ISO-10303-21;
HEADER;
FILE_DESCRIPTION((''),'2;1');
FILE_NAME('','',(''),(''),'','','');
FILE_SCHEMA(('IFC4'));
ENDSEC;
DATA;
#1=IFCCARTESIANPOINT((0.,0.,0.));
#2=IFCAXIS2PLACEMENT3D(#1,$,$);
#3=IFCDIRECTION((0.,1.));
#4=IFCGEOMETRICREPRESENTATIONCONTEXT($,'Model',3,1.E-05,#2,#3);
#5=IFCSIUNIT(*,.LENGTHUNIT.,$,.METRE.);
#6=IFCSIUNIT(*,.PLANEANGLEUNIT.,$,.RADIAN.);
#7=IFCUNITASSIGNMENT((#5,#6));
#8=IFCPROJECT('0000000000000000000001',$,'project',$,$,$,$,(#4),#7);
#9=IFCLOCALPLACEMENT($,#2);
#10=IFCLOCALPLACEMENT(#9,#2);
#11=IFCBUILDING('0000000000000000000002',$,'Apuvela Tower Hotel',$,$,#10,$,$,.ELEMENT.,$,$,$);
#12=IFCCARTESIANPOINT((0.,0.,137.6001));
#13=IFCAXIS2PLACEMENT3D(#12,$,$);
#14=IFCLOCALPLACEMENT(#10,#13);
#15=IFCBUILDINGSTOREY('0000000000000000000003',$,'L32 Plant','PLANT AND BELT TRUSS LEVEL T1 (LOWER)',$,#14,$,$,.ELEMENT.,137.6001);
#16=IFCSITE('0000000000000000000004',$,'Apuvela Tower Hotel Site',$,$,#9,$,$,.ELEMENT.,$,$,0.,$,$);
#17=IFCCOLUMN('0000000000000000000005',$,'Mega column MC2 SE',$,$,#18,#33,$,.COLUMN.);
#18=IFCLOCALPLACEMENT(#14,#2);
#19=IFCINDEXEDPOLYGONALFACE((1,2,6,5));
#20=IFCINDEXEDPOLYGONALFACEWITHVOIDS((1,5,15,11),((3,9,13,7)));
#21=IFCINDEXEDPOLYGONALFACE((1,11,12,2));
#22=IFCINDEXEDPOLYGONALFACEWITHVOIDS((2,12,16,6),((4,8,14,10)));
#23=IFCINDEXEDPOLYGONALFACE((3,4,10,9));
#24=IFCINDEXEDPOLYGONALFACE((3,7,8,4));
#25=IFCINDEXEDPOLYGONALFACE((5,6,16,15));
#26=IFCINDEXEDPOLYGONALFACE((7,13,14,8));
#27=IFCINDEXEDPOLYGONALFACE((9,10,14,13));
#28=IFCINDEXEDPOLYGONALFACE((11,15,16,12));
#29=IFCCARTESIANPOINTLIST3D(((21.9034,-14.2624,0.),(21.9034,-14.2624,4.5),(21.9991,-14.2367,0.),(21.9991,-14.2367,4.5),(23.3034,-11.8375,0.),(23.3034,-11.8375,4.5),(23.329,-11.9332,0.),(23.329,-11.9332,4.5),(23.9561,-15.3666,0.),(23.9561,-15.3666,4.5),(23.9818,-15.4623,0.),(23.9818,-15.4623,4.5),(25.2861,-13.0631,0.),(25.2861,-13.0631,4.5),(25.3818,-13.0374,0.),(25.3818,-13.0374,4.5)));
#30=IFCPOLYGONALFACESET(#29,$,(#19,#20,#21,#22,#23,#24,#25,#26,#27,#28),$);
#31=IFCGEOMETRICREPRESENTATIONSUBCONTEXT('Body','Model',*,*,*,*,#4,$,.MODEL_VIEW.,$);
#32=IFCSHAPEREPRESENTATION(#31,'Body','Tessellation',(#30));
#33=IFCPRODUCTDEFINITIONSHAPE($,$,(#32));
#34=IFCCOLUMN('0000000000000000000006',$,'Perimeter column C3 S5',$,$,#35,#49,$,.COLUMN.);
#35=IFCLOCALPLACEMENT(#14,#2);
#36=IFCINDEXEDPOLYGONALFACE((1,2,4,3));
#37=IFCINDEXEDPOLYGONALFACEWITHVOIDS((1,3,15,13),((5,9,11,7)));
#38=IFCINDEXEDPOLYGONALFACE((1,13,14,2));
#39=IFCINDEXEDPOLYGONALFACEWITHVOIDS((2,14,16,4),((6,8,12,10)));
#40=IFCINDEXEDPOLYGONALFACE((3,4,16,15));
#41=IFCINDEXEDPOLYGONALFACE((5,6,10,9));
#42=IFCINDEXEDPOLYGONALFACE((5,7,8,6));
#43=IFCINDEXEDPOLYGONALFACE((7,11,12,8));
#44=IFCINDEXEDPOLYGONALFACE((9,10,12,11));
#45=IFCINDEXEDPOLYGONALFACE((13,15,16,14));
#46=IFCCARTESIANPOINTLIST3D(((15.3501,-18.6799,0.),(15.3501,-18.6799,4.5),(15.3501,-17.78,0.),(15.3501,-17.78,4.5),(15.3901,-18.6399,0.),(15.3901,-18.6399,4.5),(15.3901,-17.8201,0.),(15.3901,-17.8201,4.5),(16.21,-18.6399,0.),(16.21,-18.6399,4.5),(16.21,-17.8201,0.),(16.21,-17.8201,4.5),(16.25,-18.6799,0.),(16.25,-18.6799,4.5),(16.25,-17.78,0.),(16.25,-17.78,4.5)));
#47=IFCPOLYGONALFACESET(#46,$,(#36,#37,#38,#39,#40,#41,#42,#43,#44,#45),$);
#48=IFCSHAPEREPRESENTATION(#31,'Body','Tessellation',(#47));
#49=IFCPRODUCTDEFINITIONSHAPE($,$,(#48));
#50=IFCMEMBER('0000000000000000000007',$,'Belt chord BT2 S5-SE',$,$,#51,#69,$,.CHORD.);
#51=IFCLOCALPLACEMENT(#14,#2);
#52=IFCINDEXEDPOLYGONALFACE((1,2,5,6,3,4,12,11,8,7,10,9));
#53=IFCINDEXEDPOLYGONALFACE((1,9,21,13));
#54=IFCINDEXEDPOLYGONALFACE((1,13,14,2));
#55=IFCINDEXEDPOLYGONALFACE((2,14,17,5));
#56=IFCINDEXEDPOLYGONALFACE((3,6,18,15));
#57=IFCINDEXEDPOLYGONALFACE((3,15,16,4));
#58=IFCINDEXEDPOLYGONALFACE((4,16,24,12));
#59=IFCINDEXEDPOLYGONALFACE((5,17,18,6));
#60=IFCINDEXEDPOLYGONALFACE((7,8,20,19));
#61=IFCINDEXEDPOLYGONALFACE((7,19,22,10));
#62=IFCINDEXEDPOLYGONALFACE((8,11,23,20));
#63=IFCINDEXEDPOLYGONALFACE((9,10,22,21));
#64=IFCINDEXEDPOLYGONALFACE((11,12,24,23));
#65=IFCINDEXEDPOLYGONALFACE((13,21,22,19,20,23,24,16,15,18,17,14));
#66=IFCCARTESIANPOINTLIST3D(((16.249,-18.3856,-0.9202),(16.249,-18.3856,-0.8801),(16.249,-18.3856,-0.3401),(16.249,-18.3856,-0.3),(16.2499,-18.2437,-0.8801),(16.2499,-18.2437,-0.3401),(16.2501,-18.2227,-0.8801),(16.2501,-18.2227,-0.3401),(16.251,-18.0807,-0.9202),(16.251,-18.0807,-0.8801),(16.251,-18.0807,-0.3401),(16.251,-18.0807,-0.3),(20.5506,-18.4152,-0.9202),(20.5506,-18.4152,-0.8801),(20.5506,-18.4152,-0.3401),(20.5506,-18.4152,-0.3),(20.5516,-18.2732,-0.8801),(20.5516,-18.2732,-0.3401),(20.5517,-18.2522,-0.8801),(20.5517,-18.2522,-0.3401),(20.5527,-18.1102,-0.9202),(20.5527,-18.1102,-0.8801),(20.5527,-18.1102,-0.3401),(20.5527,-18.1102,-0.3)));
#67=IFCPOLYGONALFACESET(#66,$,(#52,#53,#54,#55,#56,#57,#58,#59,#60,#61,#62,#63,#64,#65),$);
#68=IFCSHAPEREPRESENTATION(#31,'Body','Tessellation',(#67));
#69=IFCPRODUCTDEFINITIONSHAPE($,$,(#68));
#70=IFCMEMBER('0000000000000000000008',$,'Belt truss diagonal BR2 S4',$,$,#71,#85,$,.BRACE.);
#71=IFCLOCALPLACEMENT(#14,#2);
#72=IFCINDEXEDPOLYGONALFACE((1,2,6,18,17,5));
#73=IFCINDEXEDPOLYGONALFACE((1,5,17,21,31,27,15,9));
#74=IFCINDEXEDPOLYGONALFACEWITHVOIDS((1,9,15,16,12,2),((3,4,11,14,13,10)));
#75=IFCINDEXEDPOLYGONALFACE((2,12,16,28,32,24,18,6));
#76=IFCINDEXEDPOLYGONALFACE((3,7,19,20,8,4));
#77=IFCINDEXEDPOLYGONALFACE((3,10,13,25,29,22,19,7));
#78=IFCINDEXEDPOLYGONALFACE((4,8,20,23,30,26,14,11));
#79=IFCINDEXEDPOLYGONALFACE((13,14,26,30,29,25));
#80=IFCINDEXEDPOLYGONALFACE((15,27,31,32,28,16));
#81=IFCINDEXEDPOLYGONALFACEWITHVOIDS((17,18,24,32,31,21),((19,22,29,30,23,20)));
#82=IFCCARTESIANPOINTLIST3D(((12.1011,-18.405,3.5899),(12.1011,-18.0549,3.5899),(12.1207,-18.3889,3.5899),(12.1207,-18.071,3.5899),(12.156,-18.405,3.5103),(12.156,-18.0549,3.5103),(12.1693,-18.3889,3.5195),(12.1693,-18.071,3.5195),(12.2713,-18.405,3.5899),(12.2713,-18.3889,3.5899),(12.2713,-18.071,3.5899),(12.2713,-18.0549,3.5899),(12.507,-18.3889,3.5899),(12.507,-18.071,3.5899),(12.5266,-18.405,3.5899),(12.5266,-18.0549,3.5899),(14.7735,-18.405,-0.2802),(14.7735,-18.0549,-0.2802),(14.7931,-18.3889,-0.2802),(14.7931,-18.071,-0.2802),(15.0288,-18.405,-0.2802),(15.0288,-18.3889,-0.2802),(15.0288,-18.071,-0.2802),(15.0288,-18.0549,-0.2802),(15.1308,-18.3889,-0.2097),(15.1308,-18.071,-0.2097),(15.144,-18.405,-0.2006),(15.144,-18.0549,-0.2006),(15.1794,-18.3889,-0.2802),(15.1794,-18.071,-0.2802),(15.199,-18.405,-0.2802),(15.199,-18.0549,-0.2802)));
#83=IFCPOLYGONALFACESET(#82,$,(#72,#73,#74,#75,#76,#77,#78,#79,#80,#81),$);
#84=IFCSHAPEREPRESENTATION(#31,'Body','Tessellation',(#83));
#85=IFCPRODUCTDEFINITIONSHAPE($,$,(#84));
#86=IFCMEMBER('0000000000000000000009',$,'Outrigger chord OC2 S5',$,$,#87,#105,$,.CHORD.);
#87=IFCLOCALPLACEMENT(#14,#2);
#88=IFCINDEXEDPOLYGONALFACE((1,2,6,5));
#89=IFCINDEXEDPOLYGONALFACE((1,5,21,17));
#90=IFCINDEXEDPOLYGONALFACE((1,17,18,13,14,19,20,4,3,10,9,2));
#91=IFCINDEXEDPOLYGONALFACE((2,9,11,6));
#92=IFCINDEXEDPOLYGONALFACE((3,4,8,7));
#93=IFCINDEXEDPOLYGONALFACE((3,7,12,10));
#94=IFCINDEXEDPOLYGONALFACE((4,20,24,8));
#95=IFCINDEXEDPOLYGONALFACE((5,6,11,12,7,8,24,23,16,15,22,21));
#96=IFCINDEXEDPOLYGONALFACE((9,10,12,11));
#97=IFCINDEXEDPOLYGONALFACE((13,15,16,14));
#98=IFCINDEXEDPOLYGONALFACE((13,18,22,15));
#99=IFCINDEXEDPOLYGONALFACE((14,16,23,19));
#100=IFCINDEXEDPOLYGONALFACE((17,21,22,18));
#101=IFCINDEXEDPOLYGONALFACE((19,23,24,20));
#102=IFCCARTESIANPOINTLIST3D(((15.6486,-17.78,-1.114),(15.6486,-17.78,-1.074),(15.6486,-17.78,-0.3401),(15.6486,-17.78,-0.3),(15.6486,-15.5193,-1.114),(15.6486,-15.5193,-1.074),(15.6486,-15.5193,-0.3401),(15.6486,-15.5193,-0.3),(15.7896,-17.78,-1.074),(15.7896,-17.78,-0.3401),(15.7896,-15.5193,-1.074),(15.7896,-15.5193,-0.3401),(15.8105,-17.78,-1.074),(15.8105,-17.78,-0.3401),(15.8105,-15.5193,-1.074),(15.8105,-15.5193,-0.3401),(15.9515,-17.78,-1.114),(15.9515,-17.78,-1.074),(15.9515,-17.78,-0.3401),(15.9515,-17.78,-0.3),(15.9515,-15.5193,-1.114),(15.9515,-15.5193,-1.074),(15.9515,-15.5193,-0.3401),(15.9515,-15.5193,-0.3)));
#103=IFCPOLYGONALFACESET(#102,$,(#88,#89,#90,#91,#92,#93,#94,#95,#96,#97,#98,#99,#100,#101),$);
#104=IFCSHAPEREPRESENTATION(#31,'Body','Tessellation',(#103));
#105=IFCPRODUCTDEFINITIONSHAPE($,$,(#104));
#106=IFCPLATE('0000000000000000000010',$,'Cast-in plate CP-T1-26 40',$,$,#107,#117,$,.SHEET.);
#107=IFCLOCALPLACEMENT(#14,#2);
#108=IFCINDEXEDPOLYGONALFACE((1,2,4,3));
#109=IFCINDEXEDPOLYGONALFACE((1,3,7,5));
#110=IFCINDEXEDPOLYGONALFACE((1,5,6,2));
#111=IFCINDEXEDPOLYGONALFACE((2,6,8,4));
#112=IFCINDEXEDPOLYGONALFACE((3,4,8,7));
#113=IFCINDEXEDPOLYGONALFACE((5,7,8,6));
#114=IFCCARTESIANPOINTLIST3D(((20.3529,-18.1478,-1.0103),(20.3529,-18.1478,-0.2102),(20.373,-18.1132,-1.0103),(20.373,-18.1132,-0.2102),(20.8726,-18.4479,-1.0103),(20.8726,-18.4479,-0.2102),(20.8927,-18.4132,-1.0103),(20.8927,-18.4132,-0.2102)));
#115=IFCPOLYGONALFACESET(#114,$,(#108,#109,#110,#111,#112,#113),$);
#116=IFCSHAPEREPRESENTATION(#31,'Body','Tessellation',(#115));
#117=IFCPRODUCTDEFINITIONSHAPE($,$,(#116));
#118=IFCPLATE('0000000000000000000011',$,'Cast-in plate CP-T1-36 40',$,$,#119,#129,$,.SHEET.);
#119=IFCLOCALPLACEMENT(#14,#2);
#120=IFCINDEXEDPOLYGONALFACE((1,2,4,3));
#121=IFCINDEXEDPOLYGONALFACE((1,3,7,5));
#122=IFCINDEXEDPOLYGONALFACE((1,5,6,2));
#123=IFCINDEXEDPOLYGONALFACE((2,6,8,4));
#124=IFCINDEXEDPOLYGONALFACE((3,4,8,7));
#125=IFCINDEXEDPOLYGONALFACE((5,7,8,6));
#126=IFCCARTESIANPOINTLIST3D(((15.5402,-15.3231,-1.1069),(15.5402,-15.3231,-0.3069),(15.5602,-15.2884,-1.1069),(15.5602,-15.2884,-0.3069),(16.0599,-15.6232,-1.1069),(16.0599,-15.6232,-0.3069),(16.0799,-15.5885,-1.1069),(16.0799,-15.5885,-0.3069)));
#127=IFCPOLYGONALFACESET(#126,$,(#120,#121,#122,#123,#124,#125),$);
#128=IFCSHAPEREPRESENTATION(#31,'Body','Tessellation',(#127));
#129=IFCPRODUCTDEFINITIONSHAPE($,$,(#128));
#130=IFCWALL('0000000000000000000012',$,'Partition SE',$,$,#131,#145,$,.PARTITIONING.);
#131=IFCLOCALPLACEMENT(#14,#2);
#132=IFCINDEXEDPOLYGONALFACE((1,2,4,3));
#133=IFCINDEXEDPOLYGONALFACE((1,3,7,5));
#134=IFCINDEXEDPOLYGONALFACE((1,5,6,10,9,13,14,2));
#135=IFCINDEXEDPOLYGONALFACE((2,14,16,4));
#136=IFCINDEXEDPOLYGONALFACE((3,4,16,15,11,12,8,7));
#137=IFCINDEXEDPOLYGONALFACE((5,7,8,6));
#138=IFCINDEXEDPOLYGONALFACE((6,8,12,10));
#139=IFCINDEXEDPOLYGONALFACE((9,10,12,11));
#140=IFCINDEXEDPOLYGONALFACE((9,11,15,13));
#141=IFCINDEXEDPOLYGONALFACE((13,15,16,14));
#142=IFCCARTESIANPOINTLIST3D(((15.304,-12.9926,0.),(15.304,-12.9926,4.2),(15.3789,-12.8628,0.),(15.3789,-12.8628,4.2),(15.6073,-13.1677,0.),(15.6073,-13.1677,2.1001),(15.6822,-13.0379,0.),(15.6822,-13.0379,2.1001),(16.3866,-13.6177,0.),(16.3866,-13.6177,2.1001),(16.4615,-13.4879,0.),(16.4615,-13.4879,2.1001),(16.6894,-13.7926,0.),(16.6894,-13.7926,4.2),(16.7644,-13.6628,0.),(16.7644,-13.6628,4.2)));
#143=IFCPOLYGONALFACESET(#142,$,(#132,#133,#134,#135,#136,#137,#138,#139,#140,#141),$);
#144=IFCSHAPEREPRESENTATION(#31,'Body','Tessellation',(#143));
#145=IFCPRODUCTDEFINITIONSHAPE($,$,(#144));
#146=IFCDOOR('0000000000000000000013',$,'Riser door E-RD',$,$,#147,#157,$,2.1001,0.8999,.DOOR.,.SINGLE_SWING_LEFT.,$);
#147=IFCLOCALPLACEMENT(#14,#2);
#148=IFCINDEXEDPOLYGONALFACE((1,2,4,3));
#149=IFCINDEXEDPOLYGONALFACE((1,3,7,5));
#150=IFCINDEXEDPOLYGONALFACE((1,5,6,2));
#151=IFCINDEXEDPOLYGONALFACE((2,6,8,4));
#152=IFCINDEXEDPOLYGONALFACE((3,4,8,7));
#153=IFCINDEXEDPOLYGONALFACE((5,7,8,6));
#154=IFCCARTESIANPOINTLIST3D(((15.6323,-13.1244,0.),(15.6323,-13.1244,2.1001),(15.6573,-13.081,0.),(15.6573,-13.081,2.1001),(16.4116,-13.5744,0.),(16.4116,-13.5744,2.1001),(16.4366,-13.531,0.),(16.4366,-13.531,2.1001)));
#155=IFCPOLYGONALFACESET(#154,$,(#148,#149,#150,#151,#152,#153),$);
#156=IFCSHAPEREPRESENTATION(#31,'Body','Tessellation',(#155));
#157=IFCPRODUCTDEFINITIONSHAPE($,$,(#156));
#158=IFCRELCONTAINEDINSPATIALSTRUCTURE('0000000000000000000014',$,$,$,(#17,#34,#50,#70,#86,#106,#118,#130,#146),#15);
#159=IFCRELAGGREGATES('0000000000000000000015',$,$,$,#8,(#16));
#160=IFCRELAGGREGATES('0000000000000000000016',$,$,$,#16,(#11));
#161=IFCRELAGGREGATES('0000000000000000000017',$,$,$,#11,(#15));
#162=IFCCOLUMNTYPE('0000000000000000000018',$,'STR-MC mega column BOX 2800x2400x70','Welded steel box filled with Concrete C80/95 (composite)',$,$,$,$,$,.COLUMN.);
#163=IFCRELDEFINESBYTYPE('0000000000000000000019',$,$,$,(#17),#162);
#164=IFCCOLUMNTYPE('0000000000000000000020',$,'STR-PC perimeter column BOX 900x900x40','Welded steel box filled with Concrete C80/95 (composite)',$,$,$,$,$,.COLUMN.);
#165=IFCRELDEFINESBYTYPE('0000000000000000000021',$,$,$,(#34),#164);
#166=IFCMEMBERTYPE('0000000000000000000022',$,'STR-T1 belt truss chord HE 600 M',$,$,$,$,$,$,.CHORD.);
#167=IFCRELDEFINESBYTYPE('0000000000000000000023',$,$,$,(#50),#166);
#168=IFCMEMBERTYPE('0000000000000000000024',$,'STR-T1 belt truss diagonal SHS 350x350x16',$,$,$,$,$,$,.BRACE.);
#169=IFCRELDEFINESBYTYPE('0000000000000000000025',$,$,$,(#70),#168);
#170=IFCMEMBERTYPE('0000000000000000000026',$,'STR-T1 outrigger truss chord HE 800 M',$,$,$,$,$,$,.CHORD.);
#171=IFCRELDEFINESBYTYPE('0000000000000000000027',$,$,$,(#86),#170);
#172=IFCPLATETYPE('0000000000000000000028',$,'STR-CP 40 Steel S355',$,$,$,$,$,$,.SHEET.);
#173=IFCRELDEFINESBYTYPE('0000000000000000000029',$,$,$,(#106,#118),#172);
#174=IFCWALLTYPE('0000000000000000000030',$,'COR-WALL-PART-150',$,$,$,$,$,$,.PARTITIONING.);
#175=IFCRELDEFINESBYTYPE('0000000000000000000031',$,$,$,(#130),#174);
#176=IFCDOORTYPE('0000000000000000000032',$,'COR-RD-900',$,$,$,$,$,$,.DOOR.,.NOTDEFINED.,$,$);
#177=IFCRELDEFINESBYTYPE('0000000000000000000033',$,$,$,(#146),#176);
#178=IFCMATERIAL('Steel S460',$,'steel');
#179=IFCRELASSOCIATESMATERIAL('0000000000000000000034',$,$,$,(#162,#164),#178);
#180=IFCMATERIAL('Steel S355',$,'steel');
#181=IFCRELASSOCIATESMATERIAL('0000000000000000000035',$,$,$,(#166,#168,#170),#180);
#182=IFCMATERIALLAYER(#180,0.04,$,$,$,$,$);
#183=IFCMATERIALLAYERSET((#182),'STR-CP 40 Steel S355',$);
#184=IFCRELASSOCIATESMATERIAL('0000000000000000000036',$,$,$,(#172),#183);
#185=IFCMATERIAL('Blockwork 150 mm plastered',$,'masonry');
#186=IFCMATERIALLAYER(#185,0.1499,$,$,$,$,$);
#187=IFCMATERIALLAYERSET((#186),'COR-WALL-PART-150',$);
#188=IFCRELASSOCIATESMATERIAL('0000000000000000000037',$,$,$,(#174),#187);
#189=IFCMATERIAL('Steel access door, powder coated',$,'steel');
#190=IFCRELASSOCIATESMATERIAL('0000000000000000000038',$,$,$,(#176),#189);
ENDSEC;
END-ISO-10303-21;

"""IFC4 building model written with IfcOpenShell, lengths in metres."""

from ifc_helpers import new_model, si_unit, direction, frame, frame_2d, origin, origin_2d, place, context, subcontext, project, spatial, rectangle, hollow_rectangle, i_section, extrude, boolean, halfspace, material, layer, layer_set, material_profile, profile_set, type_object, element, fill, save


model = new_model("IFC4")

# Units and contexts
model_context = context("Model", 3, precision=1e-05, world=origin(), true_north=direction((0.0, 1.0)))
body_context = subcontext(model_context, "Body", "Model", "MODEL_VIEW")
ifc_project = project(units=[si_unit("LENGTHUNIT", "METRE"), si_unit("PLANEANGLEUNIT", "RADIAN")], contexts=[model_context])

# Site, building, storey
site_placement = place(None, origin())
site = spatial("IfcSite", under=ifc_project, at=site_placement, Name="Apuvela Tower Hotel Site", CompositionType="ELEMENT", RefElevation=0.0)
building_placement = place(site_placement, origin())
building = spatial("IfcBuilding", under=site, at=building_placement, Name="Apuvela Tower Hotel", CompositionType="ELEMENT")
storey_placement = place(building_placement, frame((0.0, 0.0, 137.6001)))
storey = spatial("IfcBuildingStorey", under=building, at=storey_placement, Name="L32 Plant", Description="PLANT AND BELT TRUSS LEVEL T1 (LOWER)", CompositionType="ELEMENT", Elevation=137.6001)

# Columns
ifc_material_1 = material(Name="Steel S460", Category="steel")
ifc_material_profile_1 = material_profile(ifc_material_1, hollow_rectangle(XDim=2.8, YDim=2.3999, WallThickness=0.0701, at=origin_2d()), Name="BOX 2800x2400x70")
ifc_material_2 = material(Name="Concrete C80/95", Category="concrete")
ifc_material_profile_2 = material_profile(ifc_material_2, rectangle(XDim=2.6599, YDim=2.26, at=origin_2d()), Name="Concrete C80/95 infill")
ifc_profile_set_1 = profile_set([ifc_material_profile_1, ifc_material_profile_2], Name="Steel S460")
column_type_1 = type_object("IfcColumnType", Name="STR-MC mega column BOX 2800x2400x70", Description="Welded steel box filled with Concrete C80/95 (composite)", PredefinedType="COLUMN", material=ifc_profile_set_1)
column_1_placement = place(storey_placement, frame((23.6426, -13.6499, 0.0), z_axis=(0.0, 0.0, 1.0), x_axis=(0.5, 0.866025, 0.0)))
element("IfcColumn", 1, at=column_1_placement, inside=storey, type_object=column_type_1, Name="Mega column MC2 SE", PredefinedType="COLUMN", context=body_context, shape_type="SweptSolid", body=[
    extrude(hollow_rectangle(XDim=2.8, YDim=2.3999, WallThickness=0.0701, at=origin_2d()), origin(), (0.0, 0.0, 1.0), 4.5),
])
ifc_material_profile_3 = material_profile(ifc_material_1, hollow_rectangle(XDim=0.8999, YDim=0.8999, WallThickness=0.04, at=origin_2d()), Name="BOX 900x900x40")
ifc_material_profile_4 = material_profile(ifc_material_2, rectangle(XDim=0.8201, YDim=0.8201, at=origin_2d()), Name="Concrete C80/95 infill")
ifc_profile_set_2 = profile_set([ifc_material_profile_3, ifc_material_profile_4], Name="Steel S460")
column_type_2 = type_object("IfcColumnType", Name="STR-PC perimeter column BOX 900x900x40", Description="Welded steel box filled with Concrete C80/95 (composite)", PredefinedType="COLUMN", material=ifc_profile_set_2)
column_2_placement = place(storey_placement, frame((15.8, -18.23, 0.0), z_axis=(0.0, 0.0, 1.0), x_axis=(-1.0, 0.0, 0.0)))
element("IfcColumn", 2, at=column_2_placement, inside=storey, type_object=column_type_2, Name="Perimeter column C3 S5", PredefinedType="COLUMN", context=body_context, shape_type="SweptSolid", body=[
    extrude(hollow_rectangle(XDim=0.8999, YDim=0.8999, WallThickness=0.04, at=origin_2d()), origin(), (0.0, 0.0, 1.0), 4.5),
])

# Members
ifc_material_3 = material(Name="Steel S355", Category="steel")
ifc_material_profile_5 = material_profile(ifc_material_3, i_section(OverallWidth=0.3049, OverallDepth=0.6201, WebThickness=0.021, FlangeThickness=0.04, at=origin_2d()), Name="HE 600 M")
ifc_profile_set_3 = profile_set([ifc_material_profile_5], Name="Steel S355")
member_type_1 = type_object("IfcMemberType", Name="STR-T1 belt truss chord HE 600 M", PredefinedType="CHORD", material=ifc_profile_set_3)
member_1_placement = place(storey_placement, frame((16.25, -18.2332, -0.6101), z_axis=(0.999976, -0.006867, 0.0), x_axis=(0.006867, 0.999976, 0.0)))
element("IfcMember", 3, at=member_1_placement, inside=storey, type_object=member_type_1, Name="Belt chord BT2 S5-SE", PredefinedType="CHORD", context=body_context, shape_type="SweptSolid", body=[
    extrude(i_section(OverallWidth=0.3049, OverallDepth=0.6201, WebThickness=0.021, FlangeThickness=0.04, at=origin_2d()), origin(), (0.0, 0.0, 1.0), 4.3018),
])
ifc_material_profile_6 = material_profile(ifc_material_3, hollow_rectangle(XDim=0.3501, YDim=0.3501, WallThickness=0.0161, at=origin_2d()), Name="SHS 350x350x16")
ifc_profile_set_4 = profile_set([ifc_material_profile_6], Name="Steel S355")
member_type_2 = type_object("IfcMemberType", Name="STR-T1 belt truss diagonal SHS 350x350x16", PredefinedType="BRACE", material=ifc_profile_set_4)
member_2_placement = place(storey_placement, frame((15.0, -18.23, -0.3), z_axis=(-0.568226, 0.0, 0.822872), x_axis=(0.822872, 0.0, 0.568226)))
solid_1 = boolean("DIFFERENCE", boolean("DIFFERENCE", extrude(hollow_rectangle(XDim=0.3501, YDim=0.3501, WallThickness=0.0161, at=origin_2d()), frame((0.0, 0.0, -0.2407)), (0.0, 0.0, 1.0), 5.2332), halfspace(frame((0.0, 0.0, 0.0242), z_axis=(0.568226, 0.0, 0.822872), x_axis=(0.822872, 0.0, -0.568226)), True)), halfspace(frame((0.0, 0.0, 4.7273), z_axis=(0.568226, 0.0, 0.822872), x_axis=(0.822872, 0.0, -0.568226)), False))
element("IfcMember", 4, at=member_2_placement, inside=storey, type_object=member_type_2, Name="Belt truss diagonal BR2 S4", PredefinedType="BRACE", context=body_context, shape_type="SweptSolid", body=[
    boolean("UNION", boolean("DIFFERENCE", boolean("DIFFERENCE", extrude(hollow_rectangle(XDim=0.3501, YDim=0.3501, WallThickness=0.0161, at=origin_2d()), origin(), (0.0, 0.0, 1.0), 4.7515), halfspace(frame((0.0, 0.0, 0.0242), z_axis=(0.568226, 0.0, 0.822872), x_axis=(0.822872, 0.0, -0.568226)), True)), halfspace(frame((0.0, 0.0, 4.7273), z_axis=(0.568226, 0.0, 0.822872), x_axis=(0.822872, 0.0, -0.568226)), False)), solid_1),
])
ifc_material_profile_7 = material_profile(ifc_material_3, i_section(OverallWidth=0.303, OverallDepth=0.814, WebThickness=0.021, FlangeThickness=0.04, at=origin_2d()), Name="HE 800 M")
ifc_profile_set_5 = profile_set([ifc_material_profile_7], Name="Steel S355")
member_type_3 = type_object("IfcMemberType", Name="STR-T1 outrigger truss chord HE 800 M", PredefinedType="CHORD", material=ifc_profile_set_5)
member_3_placement = place(storey_placement, frame((15.8, -17.78, -0.707), z_axis=(0.0, 1.0, 0.0), x_axis=(-1.0, 0.0, 0.0)))
element("IfcMember", 5, at=member_3_placement, inside=storey, type_object=member_type_3, Name="Outrigger chord OC2 S5", PredefinedType="CHORD", context=body_context, shape_type="SweptSolid", body=[
    extrude(i_section(OverallWidth=0.303, OverallDepth=0.814, WebThickness=0.021, FlangeThickness=0.04, at=origin_2d()), origin(), (0.0, 0.0, 1.0), 2.2607),
])

# Plates
ifc_layer_1 = layer(ifc_material_3, 0.04)
ifc_layer_set_1 = layer_set([ifc_layer_1], Name="STR-CP 40 Steel S355")
plate_type = type_object("IfcPlateType", Name="STR-CP 40 Steel S355", PredefinedType="SHEET", material=ifc_layer_set_1)
for number, where, z_axis, x_axis, name in (
    (6, (20.6228, -18.2805, -1.0103), (0.0, 0.0, 1.0), (-0.5, -0.866025, 0.0), "Cast-in plate CP-T1-26 40"),
    (7, (15.8101, -15.4558, -1.1069), (0.0, 0.0, 1.0), (0.5, 0.866025, 0.0), "Cast-in plate CP-T1-36 40"),
):
    element("IfcPlate", number, at=place(storey_placement, frame(where, z_axis=z_axis, x_axis=x_axis)), inside=storey, type_object=plate_type, Name=name, PredefinedType="SHEET", context=body_context, shape_type="SweptSolid", body=[
        extrude(rectangle(XDim=0.04, YDim=0.6001, at=origin_2d()), origin(), (0.0, 0.0, 1.0), 0.8),
    ])

# Wall, opening, door
ifc_material_4 = material(Name="Blockwork 150 mm plastered", Category="masonry")
ifc_layer_2 = layer(ifc_material_4, 0.1499)
ifc_layer_set_2 = layer_set([ifc_layer_2], Name="COR-WALL-PART-150")
wall_type_1 = type_object("IfcWallType", Name="COR-WALL-PART-150", PredefinedType="PARTITIONING", material=ifc_layer_set_2)
wall_1_placement = place(storey_placement, frame((15.3416, -12.9277, 0.0), z_axis=(0.0, 0.0, 1.0), x_axis=(0.86599, -0.500061, 0.0)))
wall_1 = element("IfcWall", 8, at=wall_1_placement, inside=storey, type_object=wall_type_1, Name="Partition SE", PredefinedType="PARTITIONING", context=body_context, shape_type="SweptSolid", body=[
    extrude(rectangle(XDim=1.5999, YDim=0.1499, at=frame_2d((0.7998, 0.0))), origin(), (0.0, 0.0, 1.0), 4.2),
])
opening_1_placement = place(wall_1_placement, frame((0.3501, 0.0, 0.0)))
opening_1 = element("IfcOpeningElement", 9, at=opening_1_placement, cuts=wall_1, PredefinedType="OPENING", context=body_context, shape_type="SweptSolid", body=[
    extrude(rectangle(XDim=0.8999, YDim=2.1001, at=frame_2d((0.45, 1.05))), frame((0.0, 0.085, 0.0), z_axis=(0.0, -1.0, 0.0), x_axis=(1.0, 0.0, 0.0)), (0.0, 0.0, 1.0), 0.1699),
])
ifc_material_5 = material(Name="Steel access door, powder coated", Category="steel")
door_type_1 = type_object("IfcDoorType", Name="COR-RD-900", OperationType="NOTDEFINED", PredefinedType="DOOR", material=ifc_material_5)
door_1_placement = place(opening_1_placement, frame((0.8999, 0.0, 0.0), z_axis=(0.0, 0.0, 1.0), x_axis=(-1.0, 0.0, 0.0)))
door_1 = element("IfcDoor", 10, at=door_1_placement, inside=storey, type_object=door_type_1, Name="Riser door E-RD", OperationType="SINGLE_SWING_LEFT", OverallHeight=2.1001, OverallWidth=0.8999, PredefinedType="DOOR", context=body_context, shape_type="SweptSolid", body=[
    extrude(rectangle(XDim=0.8999, YDim=2.1001, at=frame_2d((0.45, 1.05))), frame((0.0, 0.0249, 0.0), z_axis=(0.0, -1.0, 0.0), x_axis=(1.0, 0.0, 0.0)), (0.0, 0.0, 1.0), 0.05),
])
fill(opening_1, door_1)

save(model, "model.ifc")
